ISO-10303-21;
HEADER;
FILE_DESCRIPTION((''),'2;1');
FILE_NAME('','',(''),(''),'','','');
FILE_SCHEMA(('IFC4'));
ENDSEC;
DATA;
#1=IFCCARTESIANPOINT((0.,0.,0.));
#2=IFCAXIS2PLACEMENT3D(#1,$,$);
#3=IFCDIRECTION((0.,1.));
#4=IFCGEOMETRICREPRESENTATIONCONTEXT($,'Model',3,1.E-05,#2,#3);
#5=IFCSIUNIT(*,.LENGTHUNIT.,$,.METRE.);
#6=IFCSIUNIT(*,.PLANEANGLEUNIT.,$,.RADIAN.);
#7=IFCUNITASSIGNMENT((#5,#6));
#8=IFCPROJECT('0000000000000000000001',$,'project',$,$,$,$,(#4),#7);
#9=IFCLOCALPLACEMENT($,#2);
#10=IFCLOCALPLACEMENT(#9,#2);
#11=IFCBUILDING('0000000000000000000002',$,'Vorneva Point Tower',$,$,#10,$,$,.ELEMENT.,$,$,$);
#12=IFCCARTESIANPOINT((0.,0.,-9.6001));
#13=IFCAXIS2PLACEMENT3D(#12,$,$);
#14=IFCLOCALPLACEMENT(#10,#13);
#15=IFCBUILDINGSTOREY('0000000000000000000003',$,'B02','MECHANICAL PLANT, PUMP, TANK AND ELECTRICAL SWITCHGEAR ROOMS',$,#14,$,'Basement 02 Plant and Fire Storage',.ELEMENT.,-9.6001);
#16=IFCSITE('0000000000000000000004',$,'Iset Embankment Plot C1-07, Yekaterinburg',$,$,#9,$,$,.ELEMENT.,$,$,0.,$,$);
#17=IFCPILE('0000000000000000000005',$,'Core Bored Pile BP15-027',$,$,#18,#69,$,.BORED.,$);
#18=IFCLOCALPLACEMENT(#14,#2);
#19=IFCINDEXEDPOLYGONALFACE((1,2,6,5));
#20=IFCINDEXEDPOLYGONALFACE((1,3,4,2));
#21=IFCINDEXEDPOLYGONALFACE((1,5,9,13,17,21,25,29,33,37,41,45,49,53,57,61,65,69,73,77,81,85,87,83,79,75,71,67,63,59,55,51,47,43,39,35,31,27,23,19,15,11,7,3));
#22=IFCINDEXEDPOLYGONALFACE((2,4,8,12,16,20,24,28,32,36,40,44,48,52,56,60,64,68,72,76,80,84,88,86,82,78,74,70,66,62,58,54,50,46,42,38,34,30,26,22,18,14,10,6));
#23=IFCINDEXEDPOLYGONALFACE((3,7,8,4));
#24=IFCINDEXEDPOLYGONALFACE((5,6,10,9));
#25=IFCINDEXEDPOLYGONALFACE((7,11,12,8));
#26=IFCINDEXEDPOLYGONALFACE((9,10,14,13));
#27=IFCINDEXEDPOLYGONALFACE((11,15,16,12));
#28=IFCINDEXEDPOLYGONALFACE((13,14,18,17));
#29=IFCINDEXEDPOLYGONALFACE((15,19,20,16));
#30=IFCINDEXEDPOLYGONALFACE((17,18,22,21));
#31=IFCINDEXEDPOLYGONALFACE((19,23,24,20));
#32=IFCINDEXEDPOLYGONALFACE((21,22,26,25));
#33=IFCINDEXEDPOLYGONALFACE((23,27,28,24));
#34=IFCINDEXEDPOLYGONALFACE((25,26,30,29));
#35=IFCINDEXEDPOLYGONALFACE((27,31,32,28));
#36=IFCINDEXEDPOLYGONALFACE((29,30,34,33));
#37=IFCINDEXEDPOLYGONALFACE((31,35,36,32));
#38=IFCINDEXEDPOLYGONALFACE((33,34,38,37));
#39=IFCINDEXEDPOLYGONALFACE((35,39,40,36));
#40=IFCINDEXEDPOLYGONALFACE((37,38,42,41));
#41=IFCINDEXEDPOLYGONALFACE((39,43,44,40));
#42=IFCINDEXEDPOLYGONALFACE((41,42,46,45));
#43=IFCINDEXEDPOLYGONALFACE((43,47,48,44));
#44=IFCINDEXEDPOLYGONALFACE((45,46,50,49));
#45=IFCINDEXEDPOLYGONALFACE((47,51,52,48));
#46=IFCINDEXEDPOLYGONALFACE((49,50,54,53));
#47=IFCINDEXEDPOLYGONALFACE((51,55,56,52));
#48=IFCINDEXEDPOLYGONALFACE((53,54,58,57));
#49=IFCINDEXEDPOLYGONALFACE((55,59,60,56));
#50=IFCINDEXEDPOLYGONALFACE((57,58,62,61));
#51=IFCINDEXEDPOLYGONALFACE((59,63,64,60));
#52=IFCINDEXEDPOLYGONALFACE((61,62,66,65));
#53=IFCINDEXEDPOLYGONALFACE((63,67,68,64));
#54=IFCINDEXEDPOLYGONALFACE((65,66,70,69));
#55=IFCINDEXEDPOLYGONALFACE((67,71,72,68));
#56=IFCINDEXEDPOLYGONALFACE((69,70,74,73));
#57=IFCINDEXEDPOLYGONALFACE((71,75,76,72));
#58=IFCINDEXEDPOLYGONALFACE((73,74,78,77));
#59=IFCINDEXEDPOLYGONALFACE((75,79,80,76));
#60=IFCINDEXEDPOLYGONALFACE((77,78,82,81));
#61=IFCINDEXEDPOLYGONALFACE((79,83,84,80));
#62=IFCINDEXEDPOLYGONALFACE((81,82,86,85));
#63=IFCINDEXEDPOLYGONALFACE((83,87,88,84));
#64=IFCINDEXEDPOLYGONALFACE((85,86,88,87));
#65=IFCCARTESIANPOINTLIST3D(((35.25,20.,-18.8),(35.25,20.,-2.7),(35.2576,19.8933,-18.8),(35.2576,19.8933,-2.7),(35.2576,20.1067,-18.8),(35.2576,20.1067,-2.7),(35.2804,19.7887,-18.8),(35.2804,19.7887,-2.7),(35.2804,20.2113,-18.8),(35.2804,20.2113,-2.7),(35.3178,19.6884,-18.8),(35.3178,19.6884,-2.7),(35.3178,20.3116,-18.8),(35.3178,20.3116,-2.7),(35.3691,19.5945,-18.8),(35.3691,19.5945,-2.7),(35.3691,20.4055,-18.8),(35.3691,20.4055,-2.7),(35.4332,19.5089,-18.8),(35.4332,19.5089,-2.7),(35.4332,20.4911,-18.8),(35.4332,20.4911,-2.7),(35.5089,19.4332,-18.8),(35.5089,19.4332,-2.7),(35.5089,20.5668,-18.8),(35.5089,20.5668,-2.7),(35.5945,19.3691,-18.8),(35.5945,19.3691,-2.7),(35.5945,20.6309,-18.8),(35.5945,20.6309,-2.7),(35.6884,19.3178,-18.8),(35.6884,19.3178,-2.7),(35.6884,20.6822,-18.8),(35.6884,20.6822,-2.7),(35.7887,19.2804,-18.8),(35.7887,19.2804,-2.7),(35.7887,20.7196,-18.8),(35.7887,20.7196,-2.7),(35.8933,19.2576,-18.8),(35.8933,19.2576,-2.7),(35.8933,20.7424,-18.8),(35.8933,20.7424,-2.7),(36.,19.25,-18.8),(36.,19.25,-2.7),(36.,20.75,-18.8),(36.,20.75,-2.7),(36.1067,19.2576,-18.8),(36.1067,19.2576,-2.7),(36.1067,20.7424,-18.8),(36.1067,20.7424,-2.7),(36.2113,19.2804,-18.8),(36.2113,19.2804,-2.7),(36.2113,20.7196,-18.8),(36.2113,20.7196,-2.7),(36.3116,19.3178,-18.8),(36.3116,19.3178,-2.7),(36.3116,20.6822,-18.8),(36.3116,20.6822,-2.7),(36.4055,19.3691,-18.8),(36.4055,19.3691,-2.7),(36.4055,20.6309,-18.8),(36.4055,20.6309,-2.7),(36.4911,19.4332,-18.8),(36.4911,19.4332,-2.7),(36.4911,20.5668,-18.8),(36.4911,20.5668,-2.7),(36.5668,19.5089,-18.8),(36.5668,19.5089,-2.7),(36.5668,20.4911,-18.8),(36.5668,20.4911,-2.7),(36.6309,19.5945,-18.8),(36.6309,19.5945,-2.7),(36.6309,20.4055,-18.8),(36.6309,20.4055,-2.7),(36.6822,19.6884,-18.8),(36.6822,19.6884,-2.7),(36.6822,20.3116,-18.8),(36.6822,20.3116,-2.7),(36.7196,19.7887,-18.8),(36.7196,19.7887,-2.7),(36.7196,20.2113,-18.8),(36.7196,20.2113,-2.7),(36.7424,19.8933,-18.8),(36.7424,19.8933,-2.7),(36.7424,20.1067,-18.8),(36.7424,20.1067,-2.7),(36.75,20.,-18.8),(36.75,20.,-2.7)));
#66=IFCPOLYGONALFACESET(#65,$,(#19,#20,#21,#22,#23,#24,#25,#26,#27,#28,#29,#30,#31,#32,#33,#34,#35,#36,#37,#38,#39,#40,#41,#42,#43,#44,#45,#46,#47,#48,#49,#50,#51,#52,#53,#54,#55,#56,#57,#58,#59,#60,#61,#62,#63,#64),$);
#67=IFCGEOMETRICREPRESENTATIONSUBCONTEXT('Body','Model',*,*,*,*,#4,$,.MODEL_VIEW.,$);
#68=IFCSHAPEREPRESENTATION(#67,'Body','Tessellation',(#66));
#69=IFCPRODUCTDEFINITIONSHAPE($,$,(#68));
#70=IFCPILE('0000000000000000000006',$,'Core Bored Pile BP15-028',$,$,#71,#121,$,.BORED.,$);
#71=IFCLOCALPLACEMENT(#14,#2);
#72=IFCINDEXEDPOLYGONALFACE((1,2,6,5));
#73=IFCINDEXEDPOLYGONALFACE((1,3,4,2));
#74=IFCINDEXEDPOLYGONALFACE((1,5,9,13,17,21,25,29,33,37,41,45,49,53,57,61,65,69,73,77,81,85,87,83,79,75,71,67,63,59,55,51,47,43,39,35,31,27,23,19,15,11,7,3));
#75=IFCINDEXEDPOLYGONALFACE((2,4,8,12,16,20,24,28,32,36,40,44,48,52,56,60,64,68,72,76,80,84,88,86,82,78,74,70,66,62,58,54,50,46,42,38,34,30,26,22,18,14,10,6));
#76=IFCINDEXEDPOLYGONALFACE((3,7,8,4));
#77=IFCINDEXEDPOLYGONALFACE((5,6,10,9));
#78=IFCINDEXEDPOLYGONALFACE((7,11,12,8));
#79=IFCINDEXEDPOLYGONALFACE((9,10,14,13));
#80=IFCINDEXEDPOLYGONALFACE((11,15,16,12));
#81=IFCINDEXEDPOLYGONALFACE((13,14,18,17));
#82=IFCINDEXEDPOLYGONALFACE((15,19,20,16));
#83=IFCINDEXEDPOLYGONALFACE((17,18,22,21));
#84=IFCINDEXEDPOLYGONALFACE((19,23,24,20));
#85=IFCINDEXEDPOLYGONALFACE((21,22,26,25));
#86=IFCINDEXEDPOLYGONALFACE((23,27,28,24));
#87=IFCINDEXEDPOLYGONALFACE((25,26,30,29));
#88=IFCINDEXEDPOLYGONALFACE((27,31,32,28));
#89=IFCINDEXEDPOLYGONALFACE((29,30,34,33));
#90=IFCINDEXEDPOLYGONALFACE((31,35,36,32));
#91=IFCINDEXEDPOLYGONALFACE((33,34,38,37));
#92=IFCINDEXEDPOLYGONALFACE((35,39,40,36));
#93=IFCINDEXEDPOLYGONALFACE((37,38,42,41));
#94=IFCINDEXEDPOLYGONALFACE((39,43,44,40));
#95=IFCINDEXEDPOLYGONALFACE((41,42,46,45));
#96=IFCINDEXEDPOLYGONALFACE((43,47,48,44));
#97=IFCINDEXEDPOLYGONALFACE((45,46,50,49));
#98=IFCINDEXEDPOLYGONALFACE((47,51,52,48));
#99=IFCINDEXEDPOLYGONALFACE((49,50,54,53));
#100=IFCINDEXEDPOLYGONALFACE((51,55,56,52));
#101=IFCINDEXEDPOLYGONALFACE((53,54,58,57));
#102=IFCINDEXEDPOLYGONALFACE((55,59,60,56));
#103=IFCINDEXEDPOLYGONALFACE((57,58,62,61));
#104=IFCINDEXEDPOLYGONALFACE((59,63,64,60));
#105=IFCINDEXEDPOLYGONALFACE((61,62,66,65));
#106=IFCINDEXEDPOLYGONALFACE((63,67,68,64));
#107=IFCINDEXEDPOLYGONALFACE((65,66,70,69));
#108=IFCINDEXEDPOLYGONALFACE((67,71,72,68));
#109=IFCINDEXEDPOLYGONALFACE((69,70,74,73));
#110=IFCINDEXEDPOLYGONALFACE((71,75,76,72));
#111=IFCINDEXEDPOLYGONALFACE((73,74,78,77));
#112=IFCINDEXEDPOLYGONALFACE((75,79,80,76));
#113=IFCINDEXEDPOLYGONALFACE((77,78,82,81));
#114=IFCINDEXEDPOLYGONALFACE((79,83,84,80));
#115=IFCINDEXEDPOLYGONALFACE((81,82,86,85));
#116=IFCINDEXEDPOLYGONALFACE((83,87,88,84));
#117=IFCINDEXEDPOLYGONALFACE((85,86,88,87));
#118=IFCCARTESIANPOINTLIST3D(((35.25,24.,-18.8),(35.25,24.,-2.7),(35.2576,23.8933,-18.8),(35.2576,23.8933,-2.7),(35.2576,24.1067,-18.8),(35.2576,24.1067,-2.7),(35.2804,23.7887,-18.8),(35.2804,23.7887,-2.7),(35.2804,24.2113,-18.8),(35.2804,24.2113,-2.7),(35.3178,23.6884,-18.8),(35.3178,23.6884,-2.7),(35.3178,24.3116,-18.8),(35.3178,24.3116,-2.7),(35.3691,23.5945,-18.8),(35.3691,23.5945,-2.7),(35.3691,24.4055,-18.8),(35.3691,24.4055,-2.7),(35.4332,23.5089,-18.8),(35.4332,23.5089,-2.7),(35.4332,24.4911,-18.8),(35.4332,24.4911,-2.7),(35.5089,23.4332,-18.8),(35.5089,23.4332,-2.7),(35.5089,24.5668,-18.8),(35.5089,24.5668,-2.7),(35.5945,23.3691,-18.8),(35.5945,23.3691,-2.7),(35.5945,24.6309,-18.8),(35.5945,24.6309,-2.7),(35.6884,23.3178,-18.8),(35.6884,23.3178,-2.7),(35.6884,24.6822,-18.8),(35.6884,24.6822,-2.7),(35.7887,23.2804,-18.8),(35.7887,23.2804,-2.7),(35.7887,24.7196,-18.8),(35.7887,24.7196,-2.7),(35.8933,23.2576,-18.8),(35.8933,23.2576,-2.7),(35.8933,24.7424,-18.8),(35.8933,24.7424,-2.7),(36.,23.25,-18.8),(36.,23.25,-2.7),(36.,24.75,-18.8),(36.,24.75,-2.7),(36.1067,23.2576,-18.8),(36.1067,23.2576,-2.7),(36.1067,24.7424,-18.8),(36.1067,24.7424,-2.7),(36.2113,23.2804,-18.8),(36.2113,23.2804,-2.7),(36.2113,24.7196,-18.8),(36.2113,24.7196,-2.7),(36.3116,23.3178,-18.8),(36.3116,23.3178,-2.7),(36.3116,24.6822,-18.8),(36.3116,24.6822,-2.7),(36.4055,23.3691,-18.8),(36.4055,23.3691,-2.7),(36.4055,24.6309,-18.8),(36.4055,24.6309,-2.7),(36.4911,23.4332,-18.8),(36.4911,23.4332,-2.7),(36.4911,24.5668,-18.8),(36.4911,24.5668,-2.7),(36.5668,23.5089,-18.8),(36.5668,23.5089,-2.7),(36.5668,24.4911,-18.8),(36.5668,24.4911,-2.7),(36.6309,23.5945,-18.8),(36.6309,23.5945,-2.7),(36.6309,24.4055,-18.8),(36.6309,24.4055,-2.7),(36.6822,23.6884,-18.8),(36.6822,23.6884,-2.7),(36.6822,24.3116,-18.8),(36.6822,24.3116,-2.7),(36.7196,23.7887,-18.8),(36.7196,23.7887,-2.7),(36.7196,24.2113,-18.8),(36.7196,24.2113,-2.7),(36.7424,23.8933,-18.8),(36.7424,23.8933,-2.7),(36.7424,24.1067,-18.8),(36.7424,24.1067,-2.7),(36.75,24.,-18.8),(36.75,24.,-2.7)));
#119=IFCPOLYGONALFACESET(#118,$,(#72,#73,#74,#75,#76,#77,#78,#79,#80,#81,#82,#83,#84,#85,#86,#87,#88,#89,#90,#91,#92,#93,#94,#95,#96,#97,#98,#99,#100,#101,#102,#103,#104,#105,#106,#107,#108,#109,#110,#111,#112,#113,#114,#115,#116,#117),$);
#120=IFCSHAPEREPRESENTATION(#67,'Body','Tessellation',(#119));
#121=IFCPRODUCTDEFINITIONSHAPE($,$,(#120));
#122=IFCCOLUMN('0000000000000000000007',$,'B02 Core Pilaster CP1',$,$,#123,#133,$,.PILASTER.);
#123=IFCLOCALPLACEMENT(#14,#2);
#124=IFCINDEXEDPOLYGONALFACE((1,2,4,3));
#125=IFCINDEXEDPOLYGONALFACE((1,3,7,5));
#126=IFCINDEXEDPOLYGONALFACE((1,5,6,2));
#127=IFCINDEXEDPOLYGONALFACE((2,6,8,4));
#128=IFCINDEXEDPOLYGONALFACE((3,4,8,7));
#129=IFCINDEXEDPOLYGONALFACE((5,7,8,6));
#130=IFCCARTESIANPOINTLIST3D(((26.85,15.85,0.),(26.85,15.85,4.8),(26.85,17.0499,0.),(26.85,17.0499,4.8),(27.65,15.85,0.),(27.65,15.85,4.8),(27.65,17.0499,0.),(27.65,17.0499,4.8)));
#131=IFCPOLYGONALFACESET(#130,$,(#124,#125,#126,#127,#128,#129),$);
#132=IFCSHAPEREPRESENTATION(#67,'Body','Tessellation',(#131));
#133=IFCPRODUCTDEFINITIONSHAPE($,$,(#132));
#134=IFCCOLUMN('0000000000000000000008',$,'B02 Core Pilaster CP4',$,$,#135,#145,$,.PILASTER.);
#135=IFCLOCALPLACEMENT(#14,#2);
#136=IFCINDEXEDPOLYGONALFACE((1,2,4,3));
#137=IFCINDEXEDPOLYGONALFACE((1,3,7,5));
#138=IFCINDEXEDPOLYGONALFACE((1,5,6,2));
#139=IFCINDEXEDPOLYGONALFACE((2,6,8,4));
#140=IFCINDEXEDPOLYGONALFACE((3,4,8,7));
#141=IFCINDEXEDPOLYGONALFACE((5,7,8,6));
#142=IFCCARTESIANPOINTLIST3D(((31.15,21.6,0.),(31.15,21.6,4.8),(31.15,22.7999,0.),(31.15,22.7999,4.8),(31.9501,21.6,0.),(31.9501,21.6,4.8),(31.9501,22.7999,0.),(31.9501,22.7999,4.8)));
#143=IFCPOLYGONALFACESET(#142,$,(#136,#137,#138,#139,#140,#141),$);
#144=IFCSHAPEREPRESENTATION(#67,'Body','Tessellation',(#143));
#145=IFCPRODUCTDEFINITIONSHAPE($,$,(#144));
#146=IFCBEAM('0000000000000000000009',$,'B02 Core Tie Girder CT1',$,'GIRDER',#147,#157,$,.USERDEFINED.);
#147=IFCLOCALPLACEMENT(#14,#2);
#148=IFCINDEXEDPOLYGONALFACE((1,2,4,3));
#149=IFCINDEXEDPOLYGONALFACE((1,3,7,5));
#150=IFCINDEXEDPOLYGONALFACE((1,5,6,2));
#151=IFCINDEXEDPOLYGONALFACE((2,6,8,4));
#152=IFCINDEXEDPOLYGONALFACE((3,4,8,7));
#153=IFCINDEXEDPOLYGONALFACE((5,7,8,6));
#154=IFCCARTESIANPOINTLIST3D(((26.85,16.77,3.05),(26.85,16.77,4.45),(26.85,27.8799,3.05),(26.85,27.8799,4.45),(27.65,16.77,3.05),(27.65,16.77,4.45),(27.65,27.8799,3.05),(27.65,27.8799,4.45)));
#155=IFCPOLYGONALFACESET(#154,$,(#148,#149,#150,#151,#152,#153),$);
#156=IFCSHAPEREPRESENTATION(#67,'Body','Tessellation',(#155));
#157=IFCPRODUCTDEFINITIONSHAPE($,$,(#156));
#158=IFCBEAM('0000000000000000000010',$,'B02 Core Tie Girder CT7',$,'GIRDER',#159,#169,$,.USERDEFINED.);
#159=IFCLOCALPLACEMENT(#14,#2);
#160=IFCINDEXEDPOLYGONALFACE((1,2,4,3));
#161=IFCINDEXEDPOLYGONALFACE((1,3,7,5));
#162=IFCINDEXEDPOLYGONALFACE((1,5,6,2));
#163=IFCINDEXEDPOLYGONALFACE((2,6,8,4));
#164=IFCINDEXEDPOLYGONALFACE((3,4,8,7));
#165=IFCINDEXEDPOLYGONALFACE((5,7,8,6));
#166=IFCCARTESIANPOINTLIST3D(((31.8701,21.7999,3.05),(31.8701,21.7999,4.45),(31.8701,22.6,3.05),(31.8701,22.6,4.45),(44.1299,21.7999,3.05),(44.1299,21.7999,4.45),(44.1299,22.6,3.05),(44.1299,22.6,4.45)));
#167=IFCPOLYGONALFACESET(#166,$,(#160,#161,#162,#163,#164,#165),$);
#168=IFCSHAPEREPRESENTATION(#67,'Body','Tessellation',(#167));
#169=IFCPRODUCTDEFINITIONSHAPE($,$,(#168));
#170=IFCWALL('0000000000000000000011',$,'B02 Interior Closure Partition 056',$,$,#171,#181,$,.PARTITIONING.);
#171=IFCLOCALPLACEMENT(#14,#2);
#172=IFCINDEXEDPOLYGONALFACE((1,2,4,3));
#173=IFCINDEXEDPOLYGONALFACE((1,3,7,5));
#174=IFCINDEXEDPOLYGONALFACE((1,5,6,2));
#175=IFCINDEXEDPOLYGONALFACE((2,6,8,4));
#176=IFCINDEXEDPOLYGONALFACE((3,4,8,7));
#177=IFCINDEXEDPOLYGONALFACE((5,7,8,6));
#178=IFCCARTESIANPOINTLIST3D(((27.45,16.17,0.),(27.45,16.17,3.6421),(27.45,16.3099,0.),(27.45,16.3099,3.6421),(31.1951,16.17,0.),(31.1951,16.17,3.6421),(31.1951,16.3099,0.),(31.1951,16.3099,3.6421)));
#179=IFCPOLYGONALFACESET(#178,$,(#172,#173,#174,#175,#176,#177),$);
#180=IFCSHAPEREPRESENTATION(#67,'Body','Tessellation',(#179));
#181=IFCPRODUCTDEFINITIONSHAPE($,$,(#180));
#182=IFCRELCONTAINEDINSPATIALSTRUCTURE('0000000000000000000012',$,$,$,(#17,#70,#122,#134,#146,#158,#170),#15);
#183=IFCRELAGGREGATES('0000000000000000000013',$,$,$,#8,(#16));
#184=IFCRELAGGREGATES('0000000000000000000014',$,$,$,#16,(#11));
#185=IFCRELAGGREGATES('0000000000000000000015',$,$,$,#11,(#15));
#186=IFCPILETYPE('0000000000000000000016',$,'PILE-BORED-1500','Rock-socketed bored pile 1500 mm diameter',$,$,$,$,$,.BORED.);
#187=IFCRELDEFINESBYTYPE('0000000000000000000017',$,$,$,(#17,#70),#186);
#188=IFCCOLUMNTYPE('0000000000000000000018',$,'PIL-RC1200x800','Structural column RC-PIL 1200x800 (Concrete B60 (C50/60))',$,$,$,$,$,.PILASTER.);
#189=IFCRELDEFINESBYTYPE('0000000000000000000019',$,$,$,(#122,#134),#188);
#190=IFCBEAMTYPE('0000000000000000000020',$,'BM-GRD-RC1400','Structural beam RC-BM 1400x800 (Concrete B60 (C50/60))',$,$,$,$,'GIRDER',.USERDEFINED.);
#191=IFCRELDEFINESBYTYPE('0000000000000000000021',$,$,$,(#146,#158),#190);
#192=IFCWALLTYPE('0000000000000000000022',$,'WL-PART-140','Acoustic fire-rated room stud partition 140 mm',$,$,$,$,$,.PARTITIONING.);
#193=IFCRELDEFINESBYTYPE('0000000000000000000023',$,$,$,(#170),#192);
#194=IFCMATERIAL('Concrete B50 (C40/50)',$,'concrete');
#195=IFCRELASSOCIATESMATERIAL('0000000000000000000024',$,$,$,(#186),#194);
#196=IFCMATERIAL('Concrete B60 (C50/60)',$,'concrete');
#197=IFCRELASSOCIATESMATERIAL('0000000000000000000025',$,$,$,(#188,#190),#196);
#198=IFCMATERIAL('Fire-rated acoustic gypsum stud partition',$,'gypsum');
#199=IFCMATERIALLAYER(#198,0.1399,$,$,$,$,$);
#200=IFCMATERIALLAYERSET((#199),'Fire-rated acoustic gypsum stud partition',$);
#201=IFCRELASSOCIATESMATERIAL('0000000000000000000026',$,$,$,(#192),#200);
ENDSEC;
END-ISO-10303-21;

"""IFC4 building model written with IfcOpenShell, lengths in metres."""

from ifc_helpers import new_model, si_unit, direction, frame, frame_2d, origin, origin_2d, place, context, subcontext, project, spatial, rectangle, circle, extrude, material, layer, layer_set, material_profile, profile_set, type_object, element, save


model = new_model("IFC4")

# Units and contexts
model_context = context("Model", 3, precision=1e-05, world=origin(), true_north=direction((0.0, 1.0)))
body_context = subcontext(model_context, "Body", "Model", "MODEL_VIEW")
ifc_project = project(units=[si_unit("LENGTHUNIT", "METRE"), si_unit("PLANEANGLEUNIT", "RADIAN")], contexts=[model_context])

# Site, building, storey
site_placement = place(None, origin())
site = spatial("IfcSite", under=ifc_project, at=site_placement, Name="Iset Embankment Plot C1-07, Yekaterinburg", CompositionType="ELEMENT", RefElevation=0.0)
building_placement = place(site_placement, origin())
building = spatial("IfcBuilding", under=site, at=building_placement, Name="Vorneva Point Tower", CompositionType="ELEMENT")
storey_placement = place(building_placement, frame((0.0, 0.0, -9.6001)))
storey = spatial("IfcBuildingStorey", under=building, at=storey_placement, Name="B02", Description="MECHANICAL PLANT, PUMP, TANK AND ELECTRICAL SWITCHGEAR ROOMS", LongName="Basement 02 Plant and Fire Storage", CompositionType="ELEMENT", Elevation=-9.6001)

# Piles
ifc_material_1 = material(Name="Concrete B50 (C40/50)", Category="concrete")
ifc_material_profile_1 = material_profile(ifc_material_1, circle(Radius=0.75, at=origin_2d()), Name="PILE-1500")
ifc_profile_set_1 = profile_set([ifc_material_profile_1], Name="Concrete B50 (C40/50)")
pile_type = type_object("IfcPileType", Name="PILE-BORED-1500", Description="Rock-socketed bored pile 1500 mm diameter", PredefinedType="BORED", material=ifc_profile_set_1)
for number, where, z_axis, x_axis, name in (
    (1, (36.0, 20.0, -2.7), (0.0, 0.0, -1.0), (1.0, 0.0, 0.0), "Core Bored Pile BP15-027"),
    (2, (36.0, 24.0, -2.7), (0.0, 0.0, -1.0), (1.0, 0.0, 0.0), "Core Bored Pile BP15-028"),
):
    element("IfcPile", number, at=place(storey_placement, frame(where, z_axis=z_axis, x_axis=x_axis)), inside=storey, type_object=pile_type, Name=name, PredefinedType="BORED", context=body_context, shape_type="SweptSolid", body=[
        extrude(circle(Radius=0.75, at=origin_2d()), origin(), (0.0, 0.0, 1.0), 16.1001),
    ])

# Columns
ifc_material_2 = material(Name="Concrete B60 (C50/60)", Category="concrete")
ifc_material_profile_2 = material_profile(ifc_material_2, rectangle(XDim=0.8, YDim=1.2, at=origin_2d()), Name="RC-PIL 1200x800")
ifc_profile_set_2 = profile_set([ifc_material_profile_2], Name="Concrete B60 (C50/60)")
column_type = type_object("IfcColumnType", Name="PIL-RC1200x800", Description="Structural column RC-PIL 1200x800 (Concrete B60 (C50/60))", PredefinedType="PILASTER", material=ifc_profile_set_2)
for number, where, z_axis, x_axis, name in (
    (3, (27.25, 16.45, 0.0), (0.0, 0.0, 1.0), (1.0, 0.0, 0.0), "B02 Core Pilaster CP1"),
    (4, (31.55, 22.2, 0.0), (0.0, 0.0, 1.0), (1.0, 0.0, 0.0), "B02 Core Pilaster CP4"),
):
    element("IfcColumn", number, at=place(storey_placement, frame(where, z_axis=z_axis, x_axis=x_axis)), inside=storey, type_object=column_type, Name=name, PredefinedType="PILASTER", context=body_context, shape_type="SweptSolid", body=[
        extrude(rectangle(XDim=0.8, YDim=1.2, at=origin_2d()), origin(), (0.0, 0.0, 1.0), 4.8),
    ])

# Beams
ifc_material_profile_3 = material_profile(ifc_material_2, rectangle(XDim=0.8, YDim=1.3999, at=origin_2d()), Name="RC-BM 1400x800")
ifc_profile_set_3 = profile_set([ifc_material_profile_3], Name="Concrete B60 (C50/60)")
beam_type = type_object("IfcBeamType", Name="BM-GRD-RC1400", Description="Structural beam RC-BM 1400x800 (Concrete B60 (C50/60))", ElementType="GIRDER", PredefinedType="USERDEFINED", material=ifc_profile_set_3)
beam_1_placement = place(storey_placement, frame((27.25, 16.77, 3.75), z_axis=(0.0, 1.0, 0.0), x_axis=(-1.0, 0.0, 0.0)))
element("IfcBeam", 5, at=beam_1_placement, inside=storey, type_object=beam_type, Name="B02 Core Tie Girder CT1", ObjectType="GIRDER", PredefinedType="USERDEFINED", context=body_context, shape_type="SweptSolid", body=[
    extrude(rectangle(XDim=0.8, YDim=1.3999, at=origin_2d()), origin(), (0.0, 0.0, 1.0), 11.1099),
])
beam_2_placement = place(storey_placement, frame((31.8701, 22.2, 3.75), z_axis=(1.0, 0.0, 0.0), x_axis=(0.0, 1.0, 0.0)))
element("IfcBeam", 6, at=beam_2_placement, inside=storey, type_object=beam_type, Name="B02 Core Tie Girder CT7", ObjectType="GIRDER", PredefinedType="USERDEFINED", context=body_context, shape_type="SweptSolid", body=[
    extrude(rectangle(XDim=0.8, YDim=1.3999, at=origin_2d()), origin(), (0.0, 0.0, 1.0), 12.2598),
])

# Wall
ifc_material_3 = material(Name="Fire-rated acoustic gypsum stud partition", Category="gypsum")
ifc_layer_1 = layer(ifc_material_3, 0.1399)
ifc_layer_set_1 = layer_set([ifc_layer_1], Name="Fire-rated acoustic gypsum stud partition")
wall_type_1 = type_object("IfcWallType", Name="WL-PART-140", Description="Acoustic fire-rated room stud partition 140 mm", PredefinedType="PARTITIONING", material=ifc_layer_set_1)
wall_1_placement = place(storey_placement, frame((31.1951, 16.24, 0.0), z_axis=(0.0, 0.0, 1.0), x_axis=(-1.0, 0.0, 0.0)))
element("IfcWall", 7, at=wall_1_placement, inside=storey, type_object=wall_type_1, Name="B02 Interior Closure Partition 056", PredefinedType="PARTITIONING", context=body_context, shape_type="SweptSolid", body=[
    extrude(rectangle(XDim=3.7451, YDim=0.1399, at=frame_2d((1.8726, 0.0))), origin(), (0.0, 0.0, 1.0), 3.6421),
])

save(model, "model.ifc")
